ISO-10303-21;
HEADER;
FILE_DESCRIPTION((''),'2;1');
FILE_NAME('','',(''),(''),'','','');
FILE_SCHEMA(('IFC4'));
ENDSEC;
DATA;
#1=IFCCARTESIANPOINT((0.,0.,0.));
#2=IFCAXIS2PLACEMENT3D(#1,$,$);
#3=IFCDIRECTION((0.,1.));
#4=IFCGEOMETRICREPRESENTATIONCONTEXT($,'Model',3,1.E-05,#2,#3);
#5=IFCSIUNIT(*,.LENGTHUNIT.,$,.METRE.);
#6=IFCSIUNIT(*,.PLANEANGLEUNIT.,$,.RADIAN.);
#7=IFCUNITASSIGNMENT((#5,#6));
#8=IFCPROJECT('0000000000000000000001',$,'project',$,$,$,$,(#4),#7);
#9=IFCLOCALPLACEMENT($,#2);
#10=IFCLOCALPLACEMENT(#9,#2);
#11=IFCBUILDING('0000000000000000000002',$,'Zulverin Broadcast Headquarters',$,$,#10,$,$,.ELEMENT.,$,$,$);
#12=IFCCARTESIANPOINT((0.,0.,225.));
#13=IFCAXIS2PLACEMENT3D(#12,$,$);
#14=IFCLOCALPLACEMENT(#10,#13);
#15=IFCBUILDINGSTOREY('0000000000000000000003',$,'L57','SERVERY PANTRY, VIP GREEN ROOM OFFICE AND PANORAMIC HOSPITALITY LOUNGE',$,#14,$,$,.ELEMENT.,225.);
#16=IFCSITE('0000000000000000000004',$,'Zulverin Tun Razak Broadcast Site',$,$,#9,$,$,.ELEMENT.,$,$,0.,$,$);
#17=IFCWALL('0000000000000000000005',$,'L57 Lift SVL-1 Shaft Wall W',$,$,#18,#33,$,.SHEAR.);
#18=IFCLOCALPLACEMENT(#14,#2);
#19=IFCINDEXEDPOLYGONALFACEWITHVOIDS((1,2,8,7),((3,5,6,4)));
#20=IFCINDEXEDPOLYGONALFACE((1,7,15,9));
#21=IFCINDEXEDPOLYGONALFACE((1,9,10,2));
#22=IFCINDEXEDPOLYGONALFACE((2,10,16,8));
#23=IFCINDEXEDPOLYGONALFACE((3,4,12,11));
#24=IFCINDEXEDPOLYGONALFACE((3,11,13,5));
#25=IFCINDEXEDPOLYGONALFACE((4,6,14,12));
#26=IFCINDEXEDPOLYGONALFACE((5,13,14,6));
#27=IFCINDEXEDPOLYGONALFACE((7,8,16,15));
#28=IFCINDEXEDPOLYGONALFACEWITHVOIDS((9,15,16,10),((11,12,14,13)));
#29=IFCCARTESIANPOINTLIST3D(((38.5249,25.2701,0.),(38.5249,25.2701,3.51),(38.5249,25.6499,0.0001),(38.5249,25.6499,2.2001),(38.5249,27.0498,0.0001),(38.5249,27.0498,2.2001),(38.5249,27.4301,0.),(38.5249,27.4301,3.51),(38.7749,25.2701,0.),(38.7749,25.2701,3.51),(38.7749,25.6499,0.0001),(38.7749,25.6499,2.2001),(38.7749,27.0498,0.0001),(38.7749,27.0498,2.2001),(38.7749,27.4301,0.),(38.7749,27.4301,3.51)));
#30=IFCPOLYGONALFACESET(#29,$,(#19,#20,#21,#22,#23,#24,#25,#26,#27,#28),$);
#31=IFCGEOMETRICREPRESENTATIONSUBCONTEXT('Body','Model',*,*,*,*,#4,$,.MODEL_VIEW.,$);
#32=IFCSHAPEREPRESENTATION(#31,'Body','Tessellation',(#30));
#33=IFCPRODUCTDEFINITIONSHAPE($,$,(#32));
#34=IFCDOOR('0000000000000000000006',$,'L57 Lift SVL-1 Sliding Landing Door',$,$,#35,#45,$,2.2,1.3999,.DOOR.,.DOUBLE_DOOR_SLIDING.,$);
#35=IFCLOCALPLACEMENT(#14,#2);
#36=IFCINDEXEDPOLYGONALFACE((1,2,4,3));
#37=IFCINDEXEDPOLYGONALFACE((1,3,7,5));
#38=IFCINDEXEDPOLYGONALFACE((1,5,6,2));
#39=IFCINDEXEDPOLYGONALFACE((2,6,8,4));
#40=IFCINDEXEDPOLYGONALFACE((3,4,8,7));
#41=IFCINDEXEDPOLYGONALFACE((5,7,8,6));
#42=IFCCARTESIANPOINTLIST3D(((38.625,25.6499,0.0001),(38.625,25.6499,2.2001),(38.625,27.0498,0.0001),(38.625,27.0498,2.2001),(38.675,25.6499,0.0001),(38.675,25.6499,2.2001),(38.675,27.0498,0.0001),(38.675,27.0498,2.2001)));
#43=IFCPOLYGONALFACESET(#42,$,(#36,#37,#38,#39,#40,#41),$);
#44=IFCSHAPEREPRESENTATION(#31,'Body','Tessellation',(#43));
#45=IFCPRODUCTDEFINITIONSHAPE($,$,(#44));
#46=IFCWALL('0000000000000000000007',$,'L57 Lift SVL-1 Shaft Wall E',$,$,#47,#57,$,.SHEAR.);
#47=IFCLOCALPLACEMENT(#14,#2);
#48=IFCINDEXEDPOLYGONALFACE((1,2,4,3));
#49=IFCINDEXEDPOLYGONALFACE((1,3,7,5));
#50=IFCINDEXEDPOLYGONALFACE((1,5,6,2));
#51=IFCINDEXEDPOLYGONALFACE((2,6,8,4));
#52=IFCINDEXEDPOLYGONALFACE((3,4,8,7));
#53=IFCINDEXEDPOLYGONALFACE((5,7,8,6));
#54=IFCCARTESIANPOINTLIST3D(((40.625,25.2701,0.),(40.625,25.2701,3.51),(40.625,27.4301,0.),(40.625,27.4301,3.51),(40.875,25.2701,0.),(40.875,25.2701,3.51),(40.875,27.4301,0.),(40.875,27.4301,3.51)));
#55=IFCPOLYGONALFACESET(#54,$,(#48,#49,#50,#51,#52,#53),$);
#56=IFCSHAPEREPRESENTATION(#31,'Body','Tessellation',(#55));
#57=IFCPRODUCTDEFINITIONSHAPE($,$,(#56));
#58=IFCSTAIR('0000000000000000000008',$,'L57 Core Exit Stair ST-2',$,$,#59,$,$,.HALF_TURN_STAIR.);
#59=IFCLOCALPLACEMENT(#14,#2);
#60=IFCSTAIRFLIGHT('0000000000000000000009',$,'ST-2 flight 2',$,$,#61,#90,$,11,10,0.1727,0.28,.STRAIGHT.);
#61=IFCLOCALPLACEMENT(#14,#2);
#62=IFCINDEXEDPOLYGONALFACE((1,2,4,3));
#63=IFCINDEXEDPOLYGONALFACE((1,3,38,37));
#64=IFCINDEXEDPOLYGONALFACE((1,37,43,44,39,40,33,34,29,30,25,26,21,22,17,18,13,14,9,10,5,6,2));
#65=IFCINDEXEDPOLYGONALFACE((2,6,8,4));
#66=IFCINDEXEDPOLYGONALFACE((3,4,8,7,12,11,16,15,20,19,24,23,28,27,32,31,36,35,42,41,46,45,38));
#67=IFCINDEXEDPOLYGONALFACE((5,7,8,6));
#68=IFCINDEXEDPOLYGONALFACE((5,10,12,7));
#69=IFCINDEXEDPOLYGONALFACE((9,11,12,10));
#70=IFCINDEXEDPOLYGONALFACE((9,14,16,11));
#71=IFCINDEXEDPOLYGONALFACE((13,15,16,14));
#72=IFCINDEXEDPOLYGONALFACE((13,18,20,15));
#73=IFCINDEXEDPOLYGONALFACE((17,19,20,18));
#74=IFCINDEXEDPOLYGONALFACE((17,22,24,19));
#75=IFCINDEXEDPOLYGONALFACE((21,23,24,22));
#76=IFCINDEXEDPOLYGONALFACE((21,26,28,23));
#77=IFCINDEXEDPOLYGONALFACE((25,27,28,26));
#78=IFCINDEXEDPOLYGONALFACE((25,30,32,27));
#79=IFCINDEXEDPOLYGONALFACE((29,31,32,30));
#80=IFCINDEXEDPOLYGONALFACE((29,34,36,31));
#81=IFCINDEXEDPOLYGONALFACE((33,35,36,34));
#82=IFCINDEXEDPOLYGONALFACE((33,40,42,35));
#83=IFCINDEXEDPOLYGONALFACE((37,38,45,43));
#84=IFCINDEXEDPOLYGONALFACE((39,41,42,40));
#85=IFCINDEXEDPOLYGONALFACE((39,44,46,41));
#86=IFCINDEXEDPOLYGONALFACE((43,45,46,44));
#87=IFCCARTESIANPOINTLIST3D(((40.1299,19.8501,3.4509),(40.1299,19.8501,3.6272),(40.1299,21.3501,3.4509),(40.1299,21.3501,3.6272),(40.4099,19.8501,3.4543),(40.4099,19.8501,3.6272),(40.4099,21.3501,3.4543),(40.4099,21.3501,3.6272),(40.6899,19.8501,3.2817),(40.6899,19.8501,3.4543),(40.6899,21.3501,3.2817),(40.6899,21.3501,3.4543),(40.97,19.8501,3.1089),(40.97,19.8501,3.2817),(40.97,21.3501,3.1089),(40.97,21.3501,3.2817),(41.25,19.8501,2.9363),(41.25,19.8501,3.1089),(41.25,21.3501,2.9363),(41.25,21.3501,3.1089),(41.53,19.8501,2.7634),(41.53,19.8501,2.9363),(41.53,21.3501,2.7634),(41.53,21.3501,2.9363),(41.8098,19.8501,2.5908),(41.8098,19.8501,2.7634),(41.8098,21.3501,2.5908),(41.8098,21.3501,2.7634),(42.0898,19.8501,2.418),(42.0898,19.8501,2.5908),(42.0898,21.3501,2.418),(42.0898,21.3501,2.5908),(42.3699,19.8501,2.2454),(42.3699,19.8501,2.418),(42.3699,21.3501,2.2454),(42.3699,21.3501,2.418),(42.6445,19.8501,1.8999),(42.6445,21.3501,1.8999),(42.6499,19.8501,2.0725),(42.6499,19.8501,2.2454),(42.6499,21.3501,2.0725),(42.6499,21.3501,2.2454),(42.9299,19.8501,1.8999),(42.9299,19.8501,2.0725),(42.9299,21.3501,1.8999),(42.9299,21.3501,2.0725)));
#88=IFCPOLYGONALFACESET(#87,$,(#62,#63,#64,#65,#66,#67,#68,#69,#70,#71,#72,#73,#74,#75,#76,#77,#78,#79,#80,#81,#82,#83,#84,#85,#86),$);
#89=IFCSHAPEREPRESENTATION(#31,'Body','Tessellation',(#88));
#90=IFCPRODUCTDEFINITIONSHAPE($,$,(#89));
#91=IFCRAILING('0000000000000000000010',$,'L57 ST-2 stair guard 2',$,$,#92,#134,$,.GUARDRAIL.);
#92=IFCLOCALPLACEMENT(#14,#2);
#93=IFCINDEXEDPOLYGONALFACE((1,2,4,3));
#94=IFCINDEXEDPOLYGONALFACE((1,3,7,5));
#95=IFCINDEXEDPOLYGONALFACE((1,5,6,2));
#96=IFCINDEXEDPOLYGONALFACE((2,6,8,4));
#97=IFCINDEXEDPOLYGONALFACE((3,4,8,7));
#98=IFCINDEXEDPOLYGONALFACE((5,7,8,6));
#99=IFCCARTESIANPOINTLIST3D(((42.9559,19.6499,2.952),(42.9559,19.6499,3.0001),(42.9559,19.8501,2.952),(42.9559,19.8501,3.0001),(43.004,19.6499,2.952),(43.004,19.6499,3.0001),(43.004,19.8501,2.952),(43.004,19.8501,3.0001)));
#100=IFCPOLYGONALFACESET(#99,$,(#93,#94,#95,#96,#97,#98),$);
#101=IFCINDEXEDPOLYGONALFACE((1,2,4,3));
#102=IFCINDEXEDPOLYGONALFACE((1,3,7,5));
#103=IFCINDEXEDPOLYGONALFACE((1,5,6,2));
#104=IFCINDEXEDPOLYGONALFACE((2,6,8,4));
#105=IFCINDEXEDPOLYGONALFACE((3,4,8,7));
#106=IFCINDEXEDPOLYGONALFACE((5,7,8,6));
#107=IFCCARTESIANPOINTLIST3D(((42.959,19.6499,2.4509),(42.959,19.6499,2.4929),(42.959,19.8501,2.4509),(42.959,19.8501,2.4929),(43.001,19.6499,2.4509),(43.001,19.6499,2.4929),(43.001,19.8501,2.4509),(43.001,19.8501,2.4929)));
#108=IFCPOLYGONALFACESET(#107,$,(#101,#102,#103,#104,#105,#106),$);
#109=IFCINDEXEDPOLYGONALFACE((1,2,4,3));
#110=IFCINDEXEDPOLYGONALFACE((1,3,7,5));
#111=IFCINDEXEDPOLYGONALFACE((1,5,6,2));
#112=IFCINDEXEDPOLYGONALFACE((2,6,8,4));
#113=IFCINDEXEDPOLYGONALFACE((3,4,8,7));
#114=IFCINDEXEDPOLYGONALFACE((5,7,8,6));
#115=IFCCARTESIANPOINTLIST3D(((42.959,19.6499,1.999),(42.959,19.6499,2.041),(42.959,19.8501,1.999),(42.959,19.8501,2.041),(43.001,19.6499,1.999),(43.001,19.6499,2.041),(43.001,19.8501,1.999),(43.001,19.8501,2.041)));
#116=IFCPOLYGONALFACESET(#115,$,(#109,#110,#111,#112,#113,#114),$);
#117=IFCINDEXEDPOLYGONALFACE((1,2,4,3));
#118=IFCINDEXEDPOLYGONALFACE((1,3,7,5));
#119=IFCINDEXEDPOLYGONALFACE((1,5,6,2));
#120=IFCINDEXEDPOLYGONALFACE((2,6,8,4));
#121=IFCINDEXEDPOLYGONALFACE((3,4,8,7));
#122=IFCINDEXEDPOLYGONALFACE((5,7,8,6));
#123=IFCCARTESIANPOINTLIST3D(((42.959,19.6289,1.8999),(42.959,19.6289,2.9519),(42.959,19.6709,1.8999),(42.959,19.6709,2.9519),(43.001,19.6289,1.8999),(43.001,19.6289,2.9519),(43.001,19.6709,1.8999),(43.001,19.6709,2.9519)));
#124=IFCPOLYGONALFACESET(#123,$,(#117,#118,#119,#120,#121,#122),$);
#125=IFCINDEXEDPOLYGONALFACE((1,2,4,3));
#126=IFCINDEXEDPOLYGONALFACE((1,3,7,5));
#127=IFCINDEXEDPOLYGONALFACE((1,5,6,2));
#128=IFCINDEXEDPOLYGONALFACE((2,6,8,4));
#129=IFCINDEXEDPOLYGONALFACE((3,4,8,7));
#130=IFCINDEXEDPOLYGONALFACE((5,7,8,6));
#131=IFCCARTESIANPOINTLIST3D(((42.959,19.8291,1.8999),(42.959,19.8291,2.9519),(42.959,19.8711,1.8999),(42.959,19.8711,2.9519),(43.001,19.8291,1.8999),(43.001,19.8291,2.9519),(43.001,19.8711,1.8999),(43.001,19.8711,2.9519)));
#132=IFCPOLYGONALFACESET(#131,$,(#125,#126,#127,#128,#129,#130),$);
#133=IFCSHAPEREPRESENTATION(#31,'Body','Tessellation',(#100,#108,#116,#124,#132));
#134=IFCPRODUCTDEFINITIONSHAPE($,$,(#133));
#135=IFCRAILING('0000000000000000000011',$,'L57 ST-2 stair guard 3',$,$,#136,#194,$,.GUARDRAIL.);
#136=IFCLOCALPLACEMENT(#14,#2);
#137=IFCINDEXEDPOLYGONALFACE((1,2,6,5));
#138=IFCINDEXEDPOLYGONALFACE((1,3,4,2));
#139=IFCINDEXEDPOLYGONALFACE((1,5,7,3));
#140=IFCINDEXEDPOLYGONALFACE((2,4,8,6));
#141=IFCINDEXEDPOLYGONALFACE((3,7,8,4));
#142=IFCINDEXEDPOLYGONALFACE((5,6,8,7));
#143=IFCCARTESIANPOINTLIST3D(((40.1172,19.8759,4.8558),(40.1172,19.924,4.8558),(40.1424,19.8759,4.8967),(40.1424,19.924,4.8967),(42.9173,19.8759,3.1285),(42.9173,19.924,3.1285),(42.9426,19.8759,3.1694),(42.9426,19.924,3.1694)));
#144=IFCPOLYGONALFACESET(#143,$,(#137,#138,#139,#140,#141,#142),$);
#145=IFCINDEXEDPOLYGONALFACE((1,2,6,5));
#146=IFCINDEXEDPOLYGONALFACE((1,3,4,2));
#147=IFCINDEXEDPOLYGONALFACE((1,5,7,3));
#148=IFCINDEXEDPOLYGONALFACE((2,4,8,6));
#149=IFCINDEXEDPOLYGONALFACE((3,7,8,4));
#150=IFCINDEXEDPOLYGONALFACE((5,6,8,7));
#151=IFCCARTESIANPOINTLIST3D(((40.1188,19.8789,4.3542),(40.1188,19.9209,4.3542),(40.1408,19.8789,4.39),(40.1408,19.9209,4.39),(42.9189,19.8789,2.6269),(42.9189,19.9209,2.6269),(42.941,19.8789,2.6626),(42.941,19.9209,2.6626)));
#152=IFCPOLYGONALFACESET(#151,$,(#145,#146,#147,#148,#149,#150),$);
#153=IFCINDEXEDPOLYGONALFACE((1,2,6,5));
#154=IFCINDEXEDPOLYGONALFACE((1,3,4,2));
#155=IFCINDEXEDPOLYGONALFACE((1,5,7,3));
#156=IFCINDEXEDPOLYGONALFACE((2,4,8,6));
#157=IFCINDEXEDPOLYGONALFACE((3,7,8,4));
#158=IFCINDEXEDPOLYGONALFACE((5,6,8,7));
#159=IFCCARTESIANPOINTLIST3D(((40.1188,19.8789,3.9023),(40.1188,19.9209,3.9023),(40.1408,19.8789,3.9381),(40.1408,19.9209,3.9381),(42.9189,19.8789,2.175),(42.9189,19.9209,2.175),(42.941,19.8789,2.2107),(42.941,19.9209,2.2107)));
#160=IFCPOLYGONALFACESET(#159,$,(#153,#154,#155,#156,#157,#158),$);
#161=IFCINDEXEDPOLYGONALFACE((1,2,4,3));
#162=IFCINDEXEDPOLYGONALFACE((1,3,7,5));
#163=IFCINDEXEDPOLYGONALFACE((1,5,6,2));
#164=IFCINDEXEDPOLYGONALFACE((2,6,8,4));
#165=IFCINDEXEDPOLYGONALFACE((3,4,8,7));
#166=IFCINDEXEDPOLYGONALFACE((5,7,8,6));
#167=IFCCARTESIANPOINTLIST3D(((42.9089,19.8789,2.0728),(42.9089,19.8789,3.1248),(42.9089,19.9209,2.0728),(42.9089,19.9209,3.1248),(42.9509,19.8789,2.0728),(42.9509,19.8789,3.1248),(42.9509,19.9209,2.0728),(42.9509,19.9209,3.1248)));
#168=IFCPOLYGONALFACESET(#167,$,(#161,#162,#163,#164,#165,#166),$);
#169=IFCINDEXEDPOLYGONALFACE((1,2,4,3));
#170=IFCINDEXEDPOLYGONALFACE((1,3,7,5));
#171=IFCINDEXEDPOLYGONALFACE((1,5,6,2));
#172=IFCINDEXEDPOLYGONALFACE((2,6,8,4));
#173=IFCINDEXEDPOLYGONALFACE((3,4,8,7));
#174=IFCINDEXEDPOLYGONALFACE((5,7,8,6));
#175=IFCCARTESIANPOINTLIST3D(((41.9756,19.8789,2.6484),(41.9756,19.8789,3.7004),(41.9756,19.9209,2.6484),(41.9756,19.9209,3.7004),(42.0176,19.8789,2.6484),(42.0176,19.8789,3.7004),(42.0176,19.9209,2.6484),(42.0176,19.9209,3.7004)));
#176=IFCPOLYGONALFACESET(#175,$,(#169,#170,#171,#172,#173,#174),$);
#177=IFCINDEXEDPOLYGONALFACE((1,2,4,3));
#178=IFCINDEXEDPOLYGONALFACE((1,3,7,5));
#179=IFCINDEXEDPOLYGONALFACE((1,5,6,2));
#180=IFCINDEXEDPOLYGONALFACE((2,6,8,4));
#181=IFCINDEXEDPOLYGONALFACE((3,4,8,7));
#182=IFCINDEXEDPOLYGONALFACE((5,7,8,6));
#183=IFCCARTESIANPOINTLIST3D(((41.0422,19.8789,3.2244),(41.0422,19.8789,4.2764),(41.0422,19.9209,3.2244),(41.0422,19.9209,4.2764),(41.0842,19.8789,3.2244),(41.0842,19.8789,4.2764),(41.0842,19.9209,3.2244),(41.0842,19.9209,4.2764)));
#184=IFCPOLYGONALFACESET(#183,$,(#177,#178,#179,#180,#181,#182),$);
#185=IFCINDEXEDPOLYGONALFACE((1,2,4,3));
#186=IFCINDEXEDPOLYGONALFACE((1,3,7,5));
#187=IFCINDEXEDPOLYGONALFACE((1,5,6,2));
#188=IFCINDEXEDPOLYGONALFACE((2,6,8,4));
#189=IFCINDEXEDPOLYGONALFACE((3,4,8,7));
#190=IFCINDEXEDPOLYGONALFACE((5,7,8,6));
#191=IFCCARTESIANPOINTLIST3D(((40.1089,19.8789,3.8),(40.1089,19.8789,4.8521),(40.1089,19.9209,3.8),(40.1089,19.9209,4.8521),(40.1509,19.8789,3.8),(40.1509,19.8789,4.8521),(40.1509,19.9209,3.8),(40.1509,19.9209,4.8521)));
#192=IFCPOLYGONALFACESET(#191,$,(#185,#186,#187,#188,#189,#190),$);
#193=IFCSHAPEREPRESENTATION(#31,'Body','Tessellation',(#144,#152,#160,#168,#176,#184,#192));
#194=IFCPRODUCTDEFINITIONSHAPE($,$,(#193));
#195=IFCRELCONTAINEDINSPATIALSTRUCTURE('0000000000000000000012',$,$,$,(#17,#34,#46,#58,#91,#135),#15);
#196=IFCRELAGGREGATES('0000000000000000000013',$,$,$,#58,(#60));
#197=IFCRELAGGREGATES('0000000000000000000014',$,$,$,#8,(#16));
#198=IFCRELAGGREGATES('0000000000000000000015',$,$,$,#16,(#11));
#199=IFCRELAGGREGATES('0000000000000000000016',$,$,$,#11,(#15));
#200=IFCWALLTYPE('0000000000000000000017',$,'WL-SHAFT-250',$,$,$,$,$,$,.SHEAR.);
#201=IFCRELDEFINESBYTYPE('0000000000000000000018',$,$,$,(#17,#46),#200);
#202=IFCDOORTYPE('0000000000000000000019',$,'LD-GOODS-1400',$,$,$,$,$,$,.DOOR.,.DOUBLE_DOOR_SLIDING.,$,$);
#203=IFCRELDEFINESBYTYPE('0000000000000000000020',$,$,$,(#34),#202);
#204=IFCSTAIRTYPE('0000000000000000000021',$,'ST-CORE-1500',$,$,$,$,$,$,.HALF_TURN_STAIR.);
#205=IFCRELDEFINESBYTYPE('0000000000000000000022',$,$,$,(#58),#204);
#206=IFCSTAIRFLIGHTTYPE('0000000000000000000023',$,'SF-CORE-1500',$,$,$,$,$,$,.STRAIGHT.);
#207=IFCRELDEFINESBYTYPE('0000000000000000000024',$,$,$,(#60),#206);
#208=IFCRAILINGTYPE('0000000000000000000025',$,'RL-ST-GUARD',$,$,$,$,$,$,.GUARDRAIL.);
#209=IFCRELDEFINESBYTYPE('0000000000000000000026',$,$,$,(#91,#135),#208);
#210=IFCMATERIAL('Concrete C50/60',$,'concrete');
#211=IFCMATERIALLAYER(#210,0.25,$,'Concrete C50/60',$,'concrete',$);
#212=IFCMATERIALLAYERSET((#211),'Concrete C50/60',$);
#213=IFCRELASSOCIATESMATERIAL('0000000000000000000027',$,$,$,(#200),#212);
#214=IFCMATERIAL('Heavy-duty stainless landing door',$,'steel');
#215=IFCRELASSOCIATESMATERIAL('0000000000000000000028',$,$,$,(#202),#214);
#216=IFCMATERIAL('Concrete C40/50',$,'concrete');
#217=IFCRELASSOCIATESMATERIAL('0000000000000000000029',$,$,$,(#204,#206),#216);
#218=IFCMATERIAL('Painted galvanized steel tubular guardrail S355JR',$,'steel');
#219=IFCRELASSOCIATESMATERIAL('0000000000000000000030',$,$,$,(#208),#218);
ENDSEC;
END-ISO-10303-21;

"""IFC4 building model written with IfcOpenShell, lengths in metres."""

from ifc_helpers import new_model, si_unit, direction, frame, frame_2d, origin, origin_2d, place, context, subcontext, project, spatial, polyline, rectangle, outline, extrude, material, layer, layer_set, type_object, element, fill, aggregate, save


model = new_model("IFC4")

# Units and contexts
model_context = context("Model", 3, precision=1e-05, world=origin(), true_north=direction((0.0, 1.0)))
body_context = subcontext(model_context, "Body", "Model", "MODEL_VIEW")
ifc_project = project(units=[si_unit("LENGTHUNIT", "METRE"), si_unit("PLANEANGLEUNIT", "RADIAN")], contexts=[model_context])

# Site, building, storey
site_placement = place(None, origin())
site = spatial("IfcSite", under=ifc_project, at=site_placement, Name="Zulverin Tun Razak Broadcast Site", CompositionType="ELEMENT", RefElevation=0.0)
building_placement = place(site_placement, origin())
building = spatial("IfcBuilding", under=site, at=building_placement, Name="Zulverin Broadcast Headquarters", CompositionType="ELEMENT")
storey_placement = place(building_placement, frame((0.0, 0.0, 225.0)))
storey = spatial("IfcBuildingStorey", under=building, at=storey_placement, Name="L57", Description="SERVERY PANTRY, VIP GREEN ROOM OFFICE AND PANORAMIC HOSPITALITY LOUNGE", CompositionType="ELEMENT", Elevation=225.0)

# Shared definitions
ifc_material_1 = material(Name="Concrete C40/50", Category="concrete")

# Shared definitions
ifc_material_2 = material(Name="Concrete C50/60", Category="concrete")
ifc_layer_1 = layer(ifc_material_2, 0.25, Name="Concrete C50/60", Category="concrete")
ifc_layer_set_1 = layer_set([ifc_layer_1], Name="Concrete C50/60")
wall_type_1 = type_object("IfcWallType", Name="WL-SHAFT-250", PredefinedType="SHEAR", material=ifc_layer_set_1)

# Wall, opening, door
wall_1_placement = place(storey_placement, frame((38.6499, 25.27, 0.0), z_axis=(0.0, 0.0, 1.0), x_axis=(0.0, 1.0, 0.0)))
wall_1 = element("IfcWall", 1, at=wall_1_placement, inside=storey, type_object=wall_type_1, Name="L57 Lift SVL-1 Shaft Wall W", PredefinedType="SHEAR", context=body_context, shape_type="SweptSolid", body=[
    extrude(rectangle(XDim=2.1599, YDim=0.25, at=frame_2d((1.0801, 0.0))), origin(), (0.0, 0.0, 1.0), 3.51),
])
opening_1_placement = place(wall_1_placement, frame((0.3799, 0.0, 0.0)))
opening_1 = element("IfcOpeningElement", 2, at=opening_1_placement, cuts=wall_1, PredefinedType="OPENING", context=body_context, shape_type="SweptSolid", body=[
    extrude(rectangle(XDim=1.3999, YDim=2.2, at=frame_2d((0.7, 1.1001))), frame((0.0, 0.135, 0.0), z_axis=(0.0, -1.0, 0.0), x_axis=(1.0, 0.0, 0.0)), (0.0, 0.0, 1.0), 0.27),
])
ifc_material_3 = material(Name="Heavy-duty stainless landing door", Category="steel")
door_type_1 = type_object("IfcDoorType", Name="LD-GOODS-1400", OperationType="DOUBLE_DOOR_SLIDING", PredefinedType="DOOR", material=ifc_material_3)
door_1_placement = place(opening_1_placement, origin())
door_1 = element("IfcDoor", 3, at=door_1_placement, inside=storey, type_object=door_type_1, Name="L57 Lift SVL-1 Sliding Landing Door", OperationType="DOUBLE_DOOR_SLIDING", OverallHeight=2.2, OverallWidth=1.3999, PredefinedType="DOOR", context=body_context, shape_type="SweptSolid", body=[
    extrude(rectangle(XDim=1.3999, YDim=2.2, at=frame_2d((0.7, 1.1001))), frame((0.0, 0.0249, 0.0), z_axis=(0.0, -1.0, 0.0), x_axis=(1.0, 0.0, 0.0)), (0.0, 0.0, 1.0), 0.05),
])
fill(opening_1, door_1)

# Wall
wall_2_placement = place(storey_placement, frame((40.75, 25.27, 0.0), z_axis=(0.0, 0.0, 1.0), x_axis=(0.0, 1.0, 0.0)))
element("IfcWall", 4, at=wall_2_placement, inside=storey, type_object=wall_type_1, Name="L57 Lift SVL-1 Shaft Wall E", PredefinedType="SHEAR", context=body_context, shape_type="SweptSolid", body=[
    extrude(rectangle(XDim=2.1599, YDim=0.25, at=frame_2d((1.0801, 0.0))), origin(), (0.0, 0.0, 1.0), 3.51),
])

# Stair, stair flight
stair_type = type_object("IfcStairType", Name="ST-CORE-1500", PredefinedType="HALF_TURN_STAIR", material=ifc_material_1)
stair_placement = place(storey_placement, origin())
stair = element("IfcStair", 5, at=stair_placement, inside=storey, type_object=stair_type, Name="L57 Core Exit Stair ST-2", PredefinedType="HALF_TURN_STAIR")
stair_flight_type = type_object("IfcStairFlightType", Name="SF-CORE-1500", PredefinedType="STRAIGHT", material=ifc_material_1)
stair_flight_placement = place(storey_placement, frame((42.9299, 20.6001, 1.8999), z_axis=(0.0, 0.0, 1.0), x_axis=(-1.0, 0.0, 0.0)))
stair_flight = element("IfcStairFlight", 6, at=stair_flight_placement, type_object=stair_flight_type, Name="ST-2 flight 2", NumberOfRisers=11, NumberOfTreads=10, PredefinedType="STRAIGHT", RiserHeight=0.1727, TreadLength=0.28, context=body_context, shape_type="SweptSolid", body=[
    extrude(outline(polyline([(0.0, 0.0), (0.0, 0.1726), (0.28, 0.1726), (0.28, 0.3455), (0.5601, 0.3455), (0.5601, 0.5181), (0.8401, 0.5181), (0.8401, 0.6909), (1.1201, 0.6909), (1.1201, 0.8635), (1.3999, 0.8635), (1.3999, 1.0364), (1.6799, 1.0364), (1.6799, 1.209), (1.96, 1.209), (1.96, 1.3818), (2.24, 1.3818), (2.24, 1.5544), (2.52, 1.5544), (2.52, 1.7273), (2.8, 1.7273), (2.8, 1.8999), (2.8, 1.551), (0.2854, 0.0), (0.0, 0.0)])), frame((0.0, 0.75, 0.0), z_axis=(0.0, -1.0, 0.0), x_axis=(1.0, 0.0, 0.0)), (0.0, 0.0, 1.0), 1.5),
])
aggregate(stair, [stair_flight])

# Railings
ifc_material_4 = material(Name="Painted galvanized steel tubular guardrail S355JR", Category="steel")
railing_type_1 = type_object("IfcRailingType", Name="RL-ST-GUARD", PredefinedType="GUARDRAIL", material=ifc_material_4)
railing_1_placement = place(storey_placement, frame((42.98, 19.6499, 1.8999)))
element("IfcRailing", 7, at=railing_1_placement, inside=storey, type_object=railing_type_1, Name="L57 ST-2 stair guard 2", PredefinedType="GUARDRAIL", context=body_context, shape_type="SweptSolid", body=[
    extrude(rectangle(XDim=0.0481, YDim=0.0481, at=origin_2d()), frame((0.0, 0.0, 1.0762), z_axis=(0.0, 1.0, 0.0), x_axis=(-1.0, 0.0, 0.0)), (0.0, 0.0, 1.0), 0.2002),
    extrude(rectangle(XDim=0.042, YDim=0.042, at=origin_2d()), frame((0.0, 0.0, 0.572), z_axis=(0.0, 1.0, 0.0), x_axis=(-1.0, 0.0, 0.0)), (0.0, 0.0, 1.0), 0.2002),
    extrude(rectangle(XDim=0.042, YDim=0.042, at=origin_2d()), frame((0.0, 0.0, 0.1201), z_axis=(0.0, 1.0, 0.0), x_axis=(-1.0, 0.0, 0.0)), (0.0, 0.0, 1.0), 0.2002),
    extrude(rectangle(XDim=0.042, YDim=0.042, at=origin_2d()), origin(), (0.0, 0.0, 1.0), 1.052),
    extrude(rectangle(XDim=0.042, YDim=0.042, at=origin_2d()), frame((0.0, 0.2002, 0.0)), (0.0, 0.0, 1.0), 1.052),
])
railing_2_placement = place(storey_placement, frame((42.9299, 19.8999, 2.0728)))
element("IfcRailing", 8, at=railing_2_placement, inside=storey, type_object=railing_type_1, Name="L57 ST-2 stair guard 3", PredefinedType="GUARDRAIL", context=body_context, shape_type="SweptSolid", body=[
    extrude(rectangle(XDim=0.0481, YDim=0.0481, at=origin_2d()), frame((0.0, 0.0, 1.0762), z_axis=(-0.85109, 0.0, 0.52502), x_axis=(0.0, -1.0, 0.0)), (0.0, 0.0, 1.0), 3.29),
    extrude(rectangle(XDim=0.042, YDim=0.042, at=origin_2d()), frame((0.0, 0.0, 0.572), z_axis=(-0.85109, 0.0, 0.52502), x_axis=(0.0, -1.0, 0.0)), (0.0, 0.0, 1.0), 3.29),
    extrude(rectangle(XDim=0.042, YDim=0.042, at=origin_2d()), frame((0.0, 0.0, 0.1201), z_axis=(-0.85109, 0.0, 0.52502), x_axis=(0.0, -1.0, 0.0)), (0.0, 0.0, 1.0), 3.29),
    extrude(rectangle(XDim=0.042, YDim=0.042, at=origin_2d()), origin(), (0.0, 0.0, 1.0), 1.052),
    extrude(rectangle(XDim=0.042, YDim=0.042, at=origin_2d()), frame((-0.9333, 0.0, 0.5757)), (0.0, 0.0, 1.0), 1.052),
    extrude(rectangle(XDim=0.042, YDim=0.042, at=origin_2d()), frame((-1.8667, 0.0, 1.1516)), (0.0, 0.0, 1.0), 1.052),
    extrude(rectangle(XDim=0.042, YDim=0.042, at=origin_2d()), frame((-2.8, 0.0, 1.7273)), (0.0, 0.0, 1.0), 1.052),
])

save(model, "model.ifc")
